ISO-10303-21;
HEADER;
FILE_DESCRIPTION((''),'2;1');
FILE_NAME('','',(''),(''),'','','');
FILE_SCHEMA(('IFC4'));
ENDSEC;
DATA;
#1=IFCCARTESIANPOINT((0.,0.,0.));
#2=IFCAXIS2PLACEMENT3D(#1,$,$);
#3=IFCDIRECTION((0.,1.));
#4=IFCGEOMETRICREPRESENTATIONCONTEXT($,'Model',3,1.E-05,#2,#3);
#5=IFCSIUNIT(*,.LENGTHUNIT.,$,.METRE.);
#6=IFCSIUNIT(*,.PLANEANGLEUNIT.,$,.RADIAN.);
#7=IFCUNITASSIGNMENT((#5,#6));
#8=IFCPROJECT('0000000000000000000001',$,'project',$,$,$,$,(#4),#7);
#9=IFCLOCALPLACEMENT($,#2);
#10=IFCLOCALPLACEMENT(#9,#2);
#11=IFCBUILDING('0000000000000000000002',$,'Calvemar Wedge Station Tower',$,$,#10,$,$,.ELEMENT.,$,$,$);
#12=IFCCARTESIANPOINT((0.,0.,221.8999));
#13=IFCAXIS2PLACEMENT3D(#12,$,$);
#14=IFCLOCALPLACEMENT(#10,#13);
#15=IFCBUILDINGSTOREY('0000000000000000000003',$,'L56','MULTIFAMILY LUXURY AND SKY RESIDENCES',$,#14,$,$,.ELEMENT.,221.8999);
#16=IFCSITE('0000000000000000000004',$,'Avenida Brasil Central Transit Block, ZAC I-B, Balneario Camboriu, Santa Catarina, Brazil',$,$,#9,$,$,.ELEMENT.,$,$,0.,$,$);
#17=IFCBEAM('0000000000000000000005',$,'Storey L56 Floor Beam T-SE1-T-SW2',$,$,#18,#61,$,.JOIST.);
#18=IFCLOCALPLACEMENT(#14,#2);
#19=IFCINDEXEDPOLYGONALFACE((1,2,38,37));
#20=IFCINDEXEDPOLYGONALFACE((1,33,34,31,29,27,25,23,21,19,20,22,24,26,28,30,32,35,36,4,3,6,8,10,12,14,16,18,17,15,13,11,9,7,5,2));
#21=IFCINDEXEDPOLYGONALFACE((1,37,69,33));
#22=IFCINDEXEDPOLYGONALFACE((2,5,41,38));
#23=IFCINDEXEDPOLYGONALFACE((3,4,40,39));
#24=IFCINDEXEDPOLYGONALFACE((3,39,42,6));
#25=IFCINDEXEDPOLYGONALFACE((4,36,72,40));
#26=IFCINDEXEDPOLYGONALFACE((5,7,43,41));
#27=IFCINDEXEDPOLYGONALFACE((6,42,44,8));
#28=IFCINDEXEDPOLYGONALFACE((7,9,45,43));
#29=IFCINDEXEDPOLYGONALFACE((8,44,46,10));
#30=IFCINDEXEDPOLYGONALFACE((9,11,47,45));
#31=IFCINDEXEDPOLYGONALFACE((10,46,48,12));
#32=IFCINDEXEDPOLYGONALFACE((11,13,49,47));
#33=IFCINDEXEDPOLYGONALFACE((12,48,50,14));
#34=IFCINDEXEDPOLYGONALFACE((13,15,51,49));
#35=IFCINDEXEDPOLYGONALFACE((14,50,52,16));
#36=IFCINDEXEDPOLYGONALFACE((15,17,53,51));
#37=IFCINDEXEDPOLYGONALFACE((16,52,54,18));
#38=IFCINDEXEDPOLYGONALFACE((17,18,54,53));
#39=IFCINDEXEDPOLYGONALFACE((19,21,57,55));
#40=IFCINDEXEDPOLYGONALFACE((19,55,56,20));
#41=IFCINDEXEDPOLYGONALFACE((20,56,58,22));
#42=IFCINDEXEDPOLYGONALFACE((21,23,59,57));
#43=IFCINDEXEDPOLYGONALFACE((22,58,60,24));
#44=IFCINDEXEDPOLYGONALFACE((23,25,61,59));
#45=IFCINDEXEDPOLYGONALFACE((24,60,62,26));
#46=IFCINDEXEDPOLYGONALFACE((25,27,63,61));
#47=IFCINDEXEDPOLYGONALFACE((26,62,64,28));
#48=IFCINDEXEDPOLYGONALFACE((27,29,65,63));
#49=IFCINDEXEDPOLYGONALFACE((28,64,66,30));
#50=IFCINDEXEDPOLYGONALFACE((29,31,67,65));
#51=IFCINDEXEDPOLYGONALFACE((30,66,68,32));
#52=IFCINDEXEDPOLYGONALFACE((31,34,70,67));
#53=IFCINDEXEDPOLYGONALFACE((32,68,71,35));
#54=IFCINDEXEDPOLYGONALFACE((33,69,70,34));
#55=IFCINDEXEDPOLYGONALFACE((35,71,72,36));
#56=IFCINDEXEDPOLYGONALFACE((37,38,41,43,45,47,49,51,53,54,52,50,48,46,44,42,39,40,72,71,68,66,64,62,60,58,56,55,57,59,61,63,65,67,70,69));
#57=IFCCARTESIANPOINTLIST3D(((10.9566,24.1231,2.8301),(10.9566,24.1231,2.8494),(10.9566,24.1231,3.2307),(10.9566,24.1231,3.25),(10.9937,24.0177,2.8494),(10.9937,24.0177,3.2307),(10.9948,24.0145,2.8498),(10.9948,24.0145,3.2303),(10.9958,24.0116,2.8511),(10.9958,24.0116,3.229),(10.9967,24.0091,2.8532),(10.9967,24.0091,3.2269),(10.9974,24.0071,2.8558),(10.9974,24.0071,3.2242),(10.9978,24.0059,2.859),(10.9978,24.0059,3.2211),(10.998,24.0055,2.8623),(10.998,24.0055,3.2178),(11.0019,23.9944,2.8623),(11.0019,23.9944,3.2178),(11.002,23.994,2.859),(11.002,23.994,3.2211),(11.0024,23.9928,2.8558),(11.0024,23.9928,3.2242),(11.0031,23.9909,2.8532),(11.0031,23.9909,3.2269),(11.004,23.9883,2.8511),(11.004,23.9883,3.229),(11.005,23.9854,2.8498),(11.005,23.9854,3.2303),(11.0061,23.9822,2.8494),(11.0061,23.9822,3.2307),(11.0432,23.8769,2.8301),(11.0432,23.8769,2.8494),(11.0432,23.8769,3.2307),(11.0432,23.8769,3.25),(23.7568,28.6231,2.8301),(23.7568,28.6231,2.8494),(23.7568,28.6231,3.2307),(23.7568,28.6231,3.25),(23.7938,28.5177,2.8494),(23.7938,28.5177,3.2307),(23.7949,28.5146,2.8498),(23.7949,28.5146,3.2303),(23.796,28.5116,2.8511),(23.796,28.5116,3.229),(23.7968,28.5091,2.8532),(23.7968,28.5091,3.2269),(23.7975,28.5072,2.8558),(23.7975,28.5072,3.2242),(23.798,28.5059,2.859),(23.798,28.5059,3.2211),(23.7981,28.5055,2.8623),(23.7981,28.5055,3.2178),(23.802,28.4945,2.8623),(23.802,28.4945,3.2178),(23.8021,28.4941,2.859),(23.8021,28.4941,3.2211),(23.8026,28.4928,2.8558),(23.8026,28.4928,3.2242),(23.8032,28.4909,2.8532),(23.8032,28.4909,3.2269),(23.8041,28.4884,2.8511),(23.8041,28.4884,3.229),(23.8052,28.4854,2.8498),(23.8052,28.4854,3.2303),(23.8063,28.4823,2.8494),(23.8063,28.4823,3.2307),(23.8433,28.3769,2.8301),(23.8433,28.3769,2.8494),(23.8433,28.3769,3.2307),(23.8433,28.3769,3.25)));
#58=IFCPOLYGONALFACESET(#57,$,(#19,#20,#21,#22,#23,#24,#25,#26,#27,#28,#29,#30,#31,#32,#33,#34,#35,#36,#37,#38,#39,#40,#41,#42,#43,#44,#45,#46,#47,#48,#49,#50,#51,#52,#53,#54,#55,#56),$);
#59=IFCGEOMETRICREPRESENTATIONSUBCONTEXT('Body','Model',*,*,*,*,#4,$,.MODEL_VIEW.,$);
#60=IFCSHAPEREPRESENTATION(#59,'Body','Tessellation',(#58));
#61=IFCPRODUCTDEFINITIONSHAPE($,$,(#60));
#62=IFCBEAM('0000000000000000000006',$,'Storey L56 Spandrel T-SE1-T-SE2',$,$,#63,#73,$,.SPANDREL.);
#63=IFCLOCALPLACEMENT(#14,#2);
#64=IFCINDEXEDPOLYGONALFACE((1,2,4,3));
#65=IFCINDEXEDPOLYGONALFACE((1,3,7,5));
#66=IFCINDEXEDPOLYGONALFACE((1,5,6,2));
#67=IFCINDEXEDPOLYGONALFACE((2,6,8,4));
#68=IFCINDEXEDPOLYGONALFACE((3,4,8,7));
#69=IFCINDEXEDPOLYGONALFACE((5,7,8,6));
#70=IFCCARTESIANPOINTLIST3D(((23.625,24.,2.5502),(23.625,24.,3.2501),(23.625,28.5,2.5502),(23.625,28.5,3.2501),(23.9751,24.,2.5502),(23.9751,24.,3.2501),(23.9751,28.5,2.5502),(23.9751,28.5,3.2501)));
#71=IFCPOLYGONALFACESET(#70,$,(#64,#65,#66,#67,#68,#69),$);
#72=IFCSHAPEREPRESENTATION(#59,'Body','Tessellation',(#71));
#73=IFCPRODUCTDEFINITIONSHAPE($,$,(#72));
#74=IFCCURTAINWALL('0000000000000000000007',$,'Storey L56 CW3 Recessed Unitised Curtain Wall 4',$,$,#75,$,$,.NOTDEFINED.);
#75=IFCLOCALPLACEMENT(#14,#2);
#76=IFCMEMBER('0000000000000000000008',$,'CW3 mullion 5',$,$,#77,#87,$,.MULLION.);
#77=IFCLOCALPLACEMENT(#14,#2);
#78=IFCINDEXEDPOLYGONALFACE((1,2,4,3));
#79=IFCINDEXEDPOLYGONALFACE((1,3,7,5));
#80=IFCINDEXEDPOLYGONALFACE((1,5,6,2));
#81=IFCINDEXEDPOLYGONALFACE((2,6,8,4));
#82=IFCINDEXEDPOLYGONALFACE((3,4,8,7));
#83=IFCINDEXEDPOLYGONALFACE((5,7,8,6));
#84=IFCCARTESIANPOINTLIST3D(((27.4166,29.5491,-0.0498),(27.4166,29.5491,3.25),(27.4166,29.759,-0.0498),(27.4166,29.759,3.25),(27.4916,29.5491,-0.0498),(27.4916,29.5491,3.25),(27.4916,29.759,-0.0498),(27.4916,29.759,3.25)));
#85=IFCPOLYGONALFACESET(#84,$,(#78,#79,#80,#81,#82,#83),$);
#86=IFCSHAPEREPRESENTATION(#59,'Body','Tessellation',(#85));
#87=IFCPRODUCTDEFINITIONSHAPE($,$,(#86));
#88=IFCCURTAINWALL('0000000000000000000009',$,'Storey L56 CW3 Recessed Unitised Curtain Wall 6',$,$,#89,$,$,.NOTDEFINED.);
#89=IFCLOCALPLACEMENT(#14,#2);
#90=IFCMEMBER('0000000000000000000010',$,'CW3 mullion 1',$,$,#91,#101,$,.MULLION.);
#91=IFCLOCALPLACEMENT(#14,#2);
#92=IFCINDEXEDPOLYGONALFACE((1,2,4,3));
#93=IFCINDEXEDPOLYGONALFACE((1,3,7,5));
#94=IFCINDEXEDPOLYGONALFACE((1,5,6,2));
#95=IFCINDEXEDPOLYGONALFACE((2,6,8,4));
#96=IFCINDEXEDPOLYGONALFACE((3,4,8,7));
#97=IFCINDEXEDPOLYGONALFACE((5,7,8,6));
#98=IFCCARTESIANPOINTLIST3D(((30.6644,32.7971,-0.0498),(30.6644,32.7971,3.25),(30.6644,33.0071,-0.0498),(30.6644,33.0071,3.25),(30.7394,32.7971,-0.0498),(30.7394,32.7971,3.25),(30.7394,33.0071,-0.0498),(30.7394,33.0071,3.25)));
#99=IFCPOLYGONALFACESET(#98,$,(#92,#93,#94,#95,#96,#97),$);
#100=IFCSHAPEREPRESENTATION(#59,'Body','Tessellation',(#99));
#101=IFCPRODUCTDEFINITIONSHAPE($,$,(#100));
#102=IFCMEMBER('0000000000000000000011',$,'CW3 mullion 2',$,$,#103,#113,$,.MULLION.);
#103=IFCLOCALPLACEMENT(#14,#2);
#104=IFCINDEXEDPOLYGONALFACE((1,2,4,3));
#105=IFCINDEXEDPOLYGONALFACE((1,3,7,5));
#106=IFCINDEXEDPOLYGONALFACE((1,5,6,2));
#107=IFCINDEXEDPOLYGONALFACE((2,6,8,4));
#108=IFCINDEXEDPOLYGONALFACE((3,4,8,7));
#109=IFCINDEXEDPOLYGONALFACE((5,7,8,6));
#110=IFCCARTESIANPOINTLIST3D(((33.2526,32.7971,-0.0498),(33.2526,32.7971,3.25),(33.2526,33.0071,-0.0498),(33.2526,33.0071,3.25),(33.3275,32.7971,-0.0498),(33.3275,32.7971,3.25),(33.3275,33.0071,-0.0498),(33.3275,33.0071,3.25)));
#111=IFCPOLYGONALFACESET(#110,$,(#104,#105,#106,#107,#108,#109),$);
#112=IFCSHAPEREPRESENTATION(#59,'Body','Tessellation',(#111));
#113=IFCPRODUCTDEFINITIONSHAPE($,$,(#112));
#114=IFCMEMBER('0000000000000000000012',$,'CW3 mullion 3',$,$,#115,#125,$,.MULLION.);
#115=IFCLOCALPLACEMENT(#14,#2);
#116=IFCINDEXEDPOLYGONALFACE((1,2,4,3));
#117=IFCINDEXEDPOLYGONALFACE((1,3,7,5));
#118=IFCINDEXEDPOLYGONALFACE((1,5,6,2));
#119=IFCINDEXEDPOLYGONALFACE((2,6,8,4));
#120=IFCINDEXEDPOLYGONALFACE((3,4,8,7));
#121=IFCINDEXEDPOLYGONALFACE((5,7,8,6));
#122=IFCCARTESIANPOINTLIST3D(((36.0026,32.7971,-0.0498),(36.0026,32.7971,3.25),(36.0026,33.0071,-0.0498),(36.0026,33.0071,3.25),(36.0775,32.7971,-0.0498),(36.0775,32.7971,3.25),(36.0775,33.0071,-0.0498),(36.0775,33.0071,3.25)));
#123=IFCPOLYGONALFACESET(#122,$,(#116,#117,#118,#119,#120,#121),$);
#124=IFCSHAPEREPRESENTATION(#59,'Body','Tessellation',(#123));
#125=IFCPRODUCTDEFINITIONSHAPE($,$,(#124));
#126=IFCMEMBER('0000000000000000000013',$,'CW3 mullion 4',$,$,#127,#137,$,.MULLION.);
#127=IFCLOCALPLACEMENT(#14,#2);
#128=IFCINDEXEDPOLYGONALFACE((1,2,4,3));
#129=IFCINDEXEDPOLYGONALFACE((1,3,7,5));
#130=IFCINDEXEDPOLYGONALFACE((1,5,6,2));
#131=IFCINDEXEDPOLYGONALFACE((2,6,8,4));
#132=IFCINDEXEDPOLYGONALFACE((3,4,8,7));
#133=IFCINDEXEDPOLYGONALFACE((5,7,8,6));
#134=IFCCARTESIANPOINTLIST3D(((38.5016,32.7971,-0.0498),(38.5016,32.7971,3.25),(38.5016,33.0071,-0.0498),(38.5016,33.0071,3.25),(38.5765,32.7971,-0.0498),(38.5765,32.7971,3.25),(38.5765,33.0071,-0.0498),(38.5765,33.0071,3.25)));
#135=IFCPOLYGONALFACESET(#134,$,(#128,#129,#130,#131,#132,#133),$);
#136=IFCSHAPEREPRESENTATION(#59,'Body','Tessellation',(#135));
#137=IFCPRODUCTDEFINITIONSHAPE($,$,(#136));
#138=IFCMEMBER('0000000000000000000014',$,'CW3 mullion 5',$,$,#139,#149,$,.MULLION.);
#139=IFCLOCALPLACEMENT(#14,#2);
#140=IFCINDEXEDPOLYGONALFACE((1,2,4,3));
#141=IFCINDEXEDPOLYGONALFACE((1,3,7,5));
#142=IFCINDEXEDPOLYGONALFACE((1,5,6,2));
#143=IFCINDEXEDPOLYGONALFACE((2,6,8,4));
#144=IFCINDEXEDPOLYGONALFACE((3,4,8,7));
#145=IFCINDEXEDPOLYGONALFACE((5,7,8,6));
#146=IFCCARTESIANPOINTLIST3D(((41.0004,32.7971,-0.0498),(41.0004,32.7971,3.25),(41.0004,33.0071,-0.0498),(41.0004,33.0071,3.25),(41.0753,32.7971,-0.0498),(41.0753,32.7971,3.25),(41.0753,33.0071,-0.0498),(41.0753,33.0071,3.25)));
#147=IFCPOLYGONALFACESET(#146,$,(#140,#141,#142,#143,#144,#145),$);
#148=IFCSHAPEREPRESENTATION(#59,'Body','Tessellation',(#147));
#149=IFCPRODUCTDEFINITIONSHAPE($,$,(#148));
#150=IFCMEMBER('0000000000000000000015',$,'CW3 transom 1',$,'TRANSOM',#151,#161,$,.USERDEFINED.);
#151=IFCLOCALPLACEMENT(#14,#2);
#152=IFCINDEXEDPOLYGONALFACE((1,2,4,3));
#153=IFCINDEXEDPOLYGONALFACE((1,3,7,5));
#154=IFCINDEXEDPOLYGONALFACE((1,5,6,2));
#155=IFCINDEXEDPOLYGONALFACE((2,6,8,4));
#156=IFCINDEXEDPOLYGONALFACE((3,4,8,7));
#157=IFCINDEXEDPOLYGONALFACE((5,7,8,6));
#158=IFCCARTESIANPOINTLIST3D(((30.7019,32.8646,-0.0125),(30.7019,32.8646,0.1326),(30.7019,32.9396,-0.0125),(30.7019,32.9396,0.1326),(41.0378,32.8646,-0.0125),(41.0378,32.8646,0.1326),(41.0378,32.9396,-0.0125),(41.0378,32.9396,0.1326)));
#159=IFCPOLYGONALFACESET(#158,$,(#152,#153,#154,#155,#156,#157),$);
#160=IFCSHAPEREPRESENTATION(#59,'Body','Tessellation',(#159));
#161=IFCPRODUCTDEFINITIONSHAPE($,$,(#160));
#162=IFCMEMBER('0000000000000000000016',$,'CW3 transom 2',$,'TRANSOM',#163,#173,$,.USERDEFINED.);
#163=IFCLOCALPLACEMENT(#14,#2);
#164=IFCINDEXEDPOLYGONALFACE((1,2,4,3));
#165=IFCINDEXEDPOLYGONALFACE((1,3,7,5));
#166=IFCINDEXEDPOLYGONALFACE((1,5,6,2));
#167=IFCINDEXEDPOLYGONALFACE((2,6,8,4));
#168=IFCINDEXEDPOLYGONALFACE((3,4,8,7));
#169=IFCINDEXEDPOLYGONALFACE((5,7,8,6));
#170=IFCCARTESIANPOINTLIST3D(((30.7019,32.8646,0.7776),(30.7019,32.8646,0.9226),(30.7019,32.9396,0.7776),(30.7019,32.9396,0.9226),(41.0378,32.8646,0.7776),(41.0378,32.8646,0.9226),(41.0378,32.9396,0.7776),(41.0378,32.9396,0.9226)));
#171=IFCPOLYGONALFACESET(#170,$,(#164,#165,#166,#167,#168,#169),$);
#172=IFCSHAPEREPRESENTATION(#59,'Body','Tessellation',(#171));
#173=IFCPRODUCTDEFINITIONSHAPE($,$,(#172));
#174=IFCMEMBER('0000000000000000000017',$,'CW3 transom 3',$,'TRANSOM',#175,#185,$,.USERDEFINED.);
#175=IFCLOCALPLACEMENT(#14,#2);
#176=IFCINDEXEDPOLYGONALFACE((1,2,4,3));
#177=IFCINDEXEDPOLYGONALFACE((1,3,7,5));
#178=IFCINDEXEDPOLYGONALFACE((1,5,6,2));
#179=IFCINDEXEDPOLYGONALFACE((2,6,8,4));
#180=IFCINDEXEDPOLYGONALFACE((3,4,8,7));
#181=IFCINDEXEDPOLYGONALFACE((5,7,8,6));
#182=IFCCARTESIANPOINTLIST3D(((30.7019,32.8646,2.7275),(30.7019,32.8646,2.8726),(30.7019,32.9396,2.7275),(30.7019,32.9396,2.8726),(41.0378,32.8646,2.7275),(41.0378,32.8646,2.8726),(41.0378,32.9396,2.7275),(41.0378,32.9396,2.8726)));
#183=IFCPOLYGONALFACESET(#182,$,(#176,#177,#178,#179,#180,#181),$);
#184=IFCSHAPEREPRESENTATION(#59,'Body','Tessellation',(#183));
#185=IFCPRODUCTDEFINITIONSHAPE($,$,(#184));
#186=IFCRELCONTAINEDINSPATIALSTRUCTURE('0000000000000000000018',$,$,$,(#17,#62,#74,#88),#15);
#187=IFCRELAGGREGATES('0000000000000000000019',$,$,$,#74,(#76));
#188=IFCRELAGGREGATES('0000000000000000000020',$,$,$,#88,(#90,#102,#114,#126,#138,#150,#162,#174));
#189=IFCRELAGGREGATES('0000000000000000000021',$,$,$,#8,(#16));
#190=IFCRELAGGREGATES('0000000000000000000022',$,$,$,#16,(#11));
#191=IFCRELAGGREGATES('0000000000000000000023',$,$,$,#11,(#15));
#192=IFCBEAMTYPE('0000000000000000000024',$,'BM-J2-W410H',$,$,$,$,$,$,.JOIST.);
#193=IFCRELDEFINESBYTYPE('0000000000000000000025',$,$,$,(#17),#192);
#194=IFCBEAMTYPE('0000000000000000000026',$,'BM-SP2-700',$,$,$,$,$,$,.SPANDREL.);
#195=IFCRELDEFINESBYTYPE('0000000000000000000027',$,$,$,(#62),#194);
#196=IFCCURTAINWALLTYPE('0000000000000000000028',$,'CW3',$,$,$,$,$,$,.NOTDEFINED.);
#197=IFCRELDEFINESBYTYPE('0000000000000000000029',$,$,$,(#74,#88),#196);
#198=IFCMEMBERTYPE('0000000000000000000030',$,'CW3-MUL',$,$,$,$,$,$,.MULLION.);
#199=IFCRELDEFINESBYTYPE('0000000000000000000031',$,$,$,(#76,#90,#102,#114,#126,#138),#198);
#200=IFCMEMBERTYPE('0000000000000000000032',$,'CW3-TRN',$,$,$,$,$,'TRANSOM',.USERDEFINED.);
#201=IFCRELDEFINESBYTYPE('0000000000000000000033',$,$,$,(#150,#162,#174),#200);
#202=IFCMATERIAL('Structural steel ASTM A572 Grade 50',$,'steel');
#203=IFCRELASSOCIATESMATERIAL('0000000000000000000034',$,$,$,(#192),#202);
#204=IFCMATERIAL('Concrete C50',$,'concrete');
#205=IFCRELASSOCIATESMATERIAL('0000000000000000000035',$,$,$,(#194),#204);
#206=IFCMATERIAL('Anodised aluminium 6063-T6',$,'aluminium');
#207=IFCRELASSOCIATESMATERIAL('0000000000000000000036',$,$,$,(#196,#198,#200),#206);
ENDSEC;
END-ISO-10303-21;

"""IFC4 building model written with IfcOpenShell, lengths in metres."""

from ifc_helpers import new_model, si_unit, direction, frame, origin, origin_2d, place, context, subcontext, project, spatial, rectangle, i_section, extrude, source, transform, mapped, material, material_profile, profile_set, type_object, element, aggregate, save


model = new_model("IFC4")

# Units and contexts
model_context = context("Model", 3, precision=1e-05, world=origin(), true_north=direction((0.0, 1.0)))
body_context = subcontext(model_context, "Body", "Model", "MODEL_VIEW")
ifc_project = project(units=[si_unit("LENGTHUNIT", "METRE"), si_unit("PLANEANGLEUNIT", "RADIAN")], contexts=[model_context])

# Site, building, storey
site_placement = place(None, origin())
site = spatial("IfcSite", under=ifc_project, at=site_placement, Name="Avenida Brasil Central Transit Block, ZAC I-B, Balneario Camboriu, Santa Catarina, Brazil", CompositionType="ELEMENT", RefElevation=0.0)
building_placement = place(site_placement, origin())
building = spatial("IfcBuilding", under=site, at=building_placement, Name="Calvemar Wedge Station Tower", CompositionType="ELEMENT")
storey_placement = place(building_placement, frame((0.0, 0.0, 221.8999)))
storey = spatial("IfcBuildingStorey", under=building, at=storey_placement, Name="L56", Description="MULTIFAMILY LUXURY AND SKY RESIDENCES", CompositionType="ELEMENT", Elevation=221.8999)

# Beams
ifc_material_1 = material(Name="Structural steel ASTM A572 Grade 50", Category="steel")
ifc_material_profile_1 = material_profile(ifc_material_1, i_section(OverallWidth=0.261, OverallDepth=0.4199, WebThickness=0.0117, FlangeThickness=0.0193, FilletRadius=0.0129, at=origin_2d()), Name="W410x114")
ifc_profile_set_1 = profile_set([ifc_material_profile_1], Name="Structural steel ASTM A572 Grade 50")
beam_type_1 = type_object("IfcBeamType", Name="BM-J2-W410H", PredefinedType="JOIST", material=ifc_profile_set_1)
shared_shape_1 = source(origin(), body_context, "Body", "SweptSolid", [
    extrude(i_section(OverallWidth=0.261, OverallDepth=0.4199, WebThickness=0.0117, FlangeThickness=0.0193, FilletRadius=0.0129, at=origin_2d()), origin(), (0.0, 0.0, 1.0), 13.5681),
])
beam_1_placement = place(storey_placement, frame((23.8, 28.5, 3.04), z_axis=(-0.943398, -0.331662, 0.0), x_axis=(0.331662, -0.943398, 0.0)))
element("IfcBeam", 1, at=beam_1_placement, inside=storey, type_object=beam_type_1, Name="Storey L56 Floor Beam T-SE1-T-SW2", PredefinedType="JOIST", context=body_context, shape_type="MappedRepresentation", body=[
    mapped(shared_shape_1, transform((0.0, 0.0, 0.0), scale=1.0)),
])
ifc_material_2 = material(Name="Concrete C50", Category="concrete")
ifc_material_profile_2 = material_profile(ifc_material_2, rectangle(XDim=0.3501, YDim=0.7, at=origin_2d()), Name="RC350x700")
ifc_profile_set_2 = profile_set([ifc_material_profile_2], Name="Concrete C50")
beam_type_2 = type_object("IfcBeamType", Name="BM-SP2-700", PredefinedType="SPANDREL", material=ifc_profile_set_2)
shared_shape_2 = source(origin(), body_context, "Body", "SweptSolid", [
    extrude(rectangle(XDim=0.3501, YDim=0.7, at=origin_2d()), origin(), (0.0, 0.0, 1.0), 4.5),
])
beam_2_placement = place(storey_placement, frame((23.8, 28.5, 2.9001), z_axis=(0.0, -1.0, 0.0), x_axis=(1.0, 0.0, 0.0)))
element("IfcBeam", 2, at=beam_2_placement, inside=storey, type_object=beam_type_2, Name="Storey L56 Spandrel T-SE1-T-SE2", PredefinedType="SPANDREL", context=body_context, shape_type="MappedRepresentation", body=[
    mapped(shared_shape_2, transform((0.0, 0.0, 0.0), scale=1.0)),
])

# Curtain wall, member
ifc_material_3 = material(Name="Anodised aluminium 6063-T6", Category="aluminium")
curtain_wall_type = type_object("IfcCurtainWallType", Name="CW3", PredefinedType="NOTDEFINED", material=ifc_material_3)
curtain_wall_1_placement = place(storey_placement, origin())
curtain_wall_1 = element("IfcCurtainWall", 3, at=curtain_wall_1_placement, inside=storey, type_object=curtain_wall_type, Name="Storey L56 CW3 Recessed Unitised Curtain Wall 4", PredefinedType="NOTDEFINED")
ifc_material_profile_3 = material_profile(ifc_material_3, rectangle(XDim=0.075, YDim=0.21, at=origin_2d()), Name="AL-MUL-75x210")
ifc_profile_set_3 = profile_set([ifc_material_profile_3], Name="Anodised aluminium 6063-T6")
member_type_1 = type_object("IfcMemberType", Name="CW3-MUL", PredefinedType="MULLION", material=ifc_profile_set_3)
shared_shape_3 = source(origin(), body_context, "Body", "SweptSolid", [
    extrude(rectangle(XDim=0.075, YDim=0.21, at=origin_2d()), origin(), (0.0, 0.0, 1.0), 3.2998),
])
member_1_placement = place(storey_placement, frame((27.4541, 29.6541, -0.0498), z_axis=(0.0, 0.0, 1.0), x_axis=(1.0, 0.0, 0.0)))
member_1 = element("IfcMember", 4, at=member_1_placement, type_object=member_type_1, Name="CW3 mullion 5", PredefinedType="MULLION", context=body_context, shape_type="MappedRepresentation", body=[
    mapped(shared_shape_3, transform((0.0, 0.0, 0.0), scale=1.0)),
])
aggregate(curtain_wall_1, [member_1])

# Curtain wall, members
curtain_wall_2_placement = place(storey_placement, origin())
curtain_wall_2 = element("IfcCurtainWall", 5, at=curtain_wall_2_placement, inside=storey, type_object=curtain_wall_type, Name="Storey L56 CW3 Recessed Unitised Curtain Wall 6", PredefinedType="NOTDEFINED")
member_2_placement = place(storey_placement, frame((30.7019, 32.9021, -0.0498), z_axis=(0.0, 0.0, 1.0), x_axis=(1.0, 0.0, 0.0)))
member_2 = element("IfcMember", 6, at=member_2_placement, type_object=member_type_1, Name="CW3 mullion 1", PredefinedType="MULLION", context=body_context, shape_type="MappedRepresentation", body=[
    mapped(shared_shape_3, transform((0.0, 0.0, 0.0), scale=1.0)),
])
member_3_placement = place(storey_placement, frame((33.29, 32.9021, -0.0498), z_axis=(0.0, 0.0, 1.0), x_axis=(1.0, 0.0, 0.0)))
member_3 = element("IfcMember", 7, at=member_3_placement, type_object=member_type_1, Name="CW3 mullion 2", PredefinedType="MULLION", context=body_context, shape_type="MappedRepresentation", body=[
    mapped(shared_shape_3, transform((0.0, 0.0, 0.0), scale=1.0)),
])
member_4_placement = place(storey_placement, frame((36.04, 32.9021, -0.0498), z_axis=(0.0, 0.0, 1.0), x_axis=(1.0, 0.0, 0.0)))
member_4 = element("IfcMember", 8, at=member_4_placement, type_object=member_type_1, Name="CW3 mullion 3", PredefinedType="MULLION", context=body_context, shape_type="MappedRepresentation", body=[
    mapped(shared_shape_3, transform((0.0, 0.0, 0.0), scale=1.0)),
])
member_5_placement = place(storey_placement, frame((38.5391, 32.9021, -0.0498), z_axis=(0.0, 0.0, 1.0), x_axis=(1.0, 0.0, 0.0)))
member_5 = element("IfcMember", 9, at=member_5_placement, type_object=member_type_1, Name="CW3 mullion 4", PredefinedType="MULLION", context=body_context, shape_type="MappedRepresentation", body=[
    mapped(shared_shape_3, transform((0.0, 0.0, 0.0), scale=1.0)),
])
member_6_placement = place(storey_placement, frame((41.0378, 32.9021, -0.0498), z_axis=(0.0, 0.0, 1.0), x_axis=(1.0, 0.0, 0.0)))
member_6 = element("IfcMember", 10, at=member_6_placement, type_object=member_type_1, Name="CW3 mullion 5", PredefinedType="MULLION", context=body_context, shape_type="MappedRepresentation", body=[
    mapped(shared_shape_3, transform((0.0, 0.0, 0.0), scale=1.0)),
])
ifc_material_profile_4 = material_profile(ifc_material_3, rectangle(XDim=0.075, YDim=0.145, at=origin_2d()), Name="AL-TRN-75x145")
ifc_profile_set_4 = profile_set([ifc_material_profile_4], Name="Anodised aluminium 6063-T6")
member_type_2 = type_object("IfcMemberType", Name="CW3-TRN", ElementType="TRANSOM", PredefinedType="USERDEFINED", material=ifc_profile_set_4)
shared_shape_4 = source(origin(), body_context, "Body", "SweptSolid", [
    extrude(rectangle(XDim=0.075, YDim=0.145, at=origin_2d()), origin(), (0.0, 0.0, 1.0), 10.3359),
])
member_7_placement = place(storey_placement, frame((30.7019, 32.9021, 0.0601), z_axis=(1.0, 0.0, 0.0), x_axis=(0.0, 1.0, 0.0)))
member_7 = element("IfcMember", 11, at=member_7_placement, type_object=member_type_2, Name="CW3 transom 1", ObjectType="TRANSOM", PredefinedType="USERDEFINED", context=body_context, shape_type="MappedRepresentation", body=[
    mapped(shared_shape_4, transform((0.0, 0.0, 0.0), scale=1.0)),
])
member_8_placement = place(storey_placement, frame((30.7019, 32.9021, 0.8501), z_axis=(1.0, 0.0, 0.0), x_axis=(0.0, 1.0, 0.0)))
member_8 = element("IfcMember", 12, at=member_8_placement, type_object=member_type_2, Name="CW3 transom 2", ObjectType="TRANSOM", PredefinedType="USERDEFINED", context=body_context, shape_type="MappedRepresentation", body=[
    mapped(shared_shape_4, transform((0.0, 0.0, 0.0), scale=1.0)),
])
member_9_placement = place(storey_placement, frame((30.7019, 32.9021, 2.8), z_axis=(1.0, 0.0, 0.0), x_axis=(0.0, 1.0, 0.0)))
member_9 = element("IfcMember", 13, at=member_9_placement, type_object=member_type_2, Name="CW3 transom 3", ObjectType="TRANSOM", PredefinedType="USERDEFINED", context=body_context, shape_type="MappedRepresentation", body=[
    mapped(shared_shape_4, transform((0.0, 0.0, 0.0), scale=1.0)),
])
aggregate(curtain_wall_2, [member_2, member_3, member_4, member_5, member_6, member_7, member_8, member_9])

save(model, "model.ifc")
